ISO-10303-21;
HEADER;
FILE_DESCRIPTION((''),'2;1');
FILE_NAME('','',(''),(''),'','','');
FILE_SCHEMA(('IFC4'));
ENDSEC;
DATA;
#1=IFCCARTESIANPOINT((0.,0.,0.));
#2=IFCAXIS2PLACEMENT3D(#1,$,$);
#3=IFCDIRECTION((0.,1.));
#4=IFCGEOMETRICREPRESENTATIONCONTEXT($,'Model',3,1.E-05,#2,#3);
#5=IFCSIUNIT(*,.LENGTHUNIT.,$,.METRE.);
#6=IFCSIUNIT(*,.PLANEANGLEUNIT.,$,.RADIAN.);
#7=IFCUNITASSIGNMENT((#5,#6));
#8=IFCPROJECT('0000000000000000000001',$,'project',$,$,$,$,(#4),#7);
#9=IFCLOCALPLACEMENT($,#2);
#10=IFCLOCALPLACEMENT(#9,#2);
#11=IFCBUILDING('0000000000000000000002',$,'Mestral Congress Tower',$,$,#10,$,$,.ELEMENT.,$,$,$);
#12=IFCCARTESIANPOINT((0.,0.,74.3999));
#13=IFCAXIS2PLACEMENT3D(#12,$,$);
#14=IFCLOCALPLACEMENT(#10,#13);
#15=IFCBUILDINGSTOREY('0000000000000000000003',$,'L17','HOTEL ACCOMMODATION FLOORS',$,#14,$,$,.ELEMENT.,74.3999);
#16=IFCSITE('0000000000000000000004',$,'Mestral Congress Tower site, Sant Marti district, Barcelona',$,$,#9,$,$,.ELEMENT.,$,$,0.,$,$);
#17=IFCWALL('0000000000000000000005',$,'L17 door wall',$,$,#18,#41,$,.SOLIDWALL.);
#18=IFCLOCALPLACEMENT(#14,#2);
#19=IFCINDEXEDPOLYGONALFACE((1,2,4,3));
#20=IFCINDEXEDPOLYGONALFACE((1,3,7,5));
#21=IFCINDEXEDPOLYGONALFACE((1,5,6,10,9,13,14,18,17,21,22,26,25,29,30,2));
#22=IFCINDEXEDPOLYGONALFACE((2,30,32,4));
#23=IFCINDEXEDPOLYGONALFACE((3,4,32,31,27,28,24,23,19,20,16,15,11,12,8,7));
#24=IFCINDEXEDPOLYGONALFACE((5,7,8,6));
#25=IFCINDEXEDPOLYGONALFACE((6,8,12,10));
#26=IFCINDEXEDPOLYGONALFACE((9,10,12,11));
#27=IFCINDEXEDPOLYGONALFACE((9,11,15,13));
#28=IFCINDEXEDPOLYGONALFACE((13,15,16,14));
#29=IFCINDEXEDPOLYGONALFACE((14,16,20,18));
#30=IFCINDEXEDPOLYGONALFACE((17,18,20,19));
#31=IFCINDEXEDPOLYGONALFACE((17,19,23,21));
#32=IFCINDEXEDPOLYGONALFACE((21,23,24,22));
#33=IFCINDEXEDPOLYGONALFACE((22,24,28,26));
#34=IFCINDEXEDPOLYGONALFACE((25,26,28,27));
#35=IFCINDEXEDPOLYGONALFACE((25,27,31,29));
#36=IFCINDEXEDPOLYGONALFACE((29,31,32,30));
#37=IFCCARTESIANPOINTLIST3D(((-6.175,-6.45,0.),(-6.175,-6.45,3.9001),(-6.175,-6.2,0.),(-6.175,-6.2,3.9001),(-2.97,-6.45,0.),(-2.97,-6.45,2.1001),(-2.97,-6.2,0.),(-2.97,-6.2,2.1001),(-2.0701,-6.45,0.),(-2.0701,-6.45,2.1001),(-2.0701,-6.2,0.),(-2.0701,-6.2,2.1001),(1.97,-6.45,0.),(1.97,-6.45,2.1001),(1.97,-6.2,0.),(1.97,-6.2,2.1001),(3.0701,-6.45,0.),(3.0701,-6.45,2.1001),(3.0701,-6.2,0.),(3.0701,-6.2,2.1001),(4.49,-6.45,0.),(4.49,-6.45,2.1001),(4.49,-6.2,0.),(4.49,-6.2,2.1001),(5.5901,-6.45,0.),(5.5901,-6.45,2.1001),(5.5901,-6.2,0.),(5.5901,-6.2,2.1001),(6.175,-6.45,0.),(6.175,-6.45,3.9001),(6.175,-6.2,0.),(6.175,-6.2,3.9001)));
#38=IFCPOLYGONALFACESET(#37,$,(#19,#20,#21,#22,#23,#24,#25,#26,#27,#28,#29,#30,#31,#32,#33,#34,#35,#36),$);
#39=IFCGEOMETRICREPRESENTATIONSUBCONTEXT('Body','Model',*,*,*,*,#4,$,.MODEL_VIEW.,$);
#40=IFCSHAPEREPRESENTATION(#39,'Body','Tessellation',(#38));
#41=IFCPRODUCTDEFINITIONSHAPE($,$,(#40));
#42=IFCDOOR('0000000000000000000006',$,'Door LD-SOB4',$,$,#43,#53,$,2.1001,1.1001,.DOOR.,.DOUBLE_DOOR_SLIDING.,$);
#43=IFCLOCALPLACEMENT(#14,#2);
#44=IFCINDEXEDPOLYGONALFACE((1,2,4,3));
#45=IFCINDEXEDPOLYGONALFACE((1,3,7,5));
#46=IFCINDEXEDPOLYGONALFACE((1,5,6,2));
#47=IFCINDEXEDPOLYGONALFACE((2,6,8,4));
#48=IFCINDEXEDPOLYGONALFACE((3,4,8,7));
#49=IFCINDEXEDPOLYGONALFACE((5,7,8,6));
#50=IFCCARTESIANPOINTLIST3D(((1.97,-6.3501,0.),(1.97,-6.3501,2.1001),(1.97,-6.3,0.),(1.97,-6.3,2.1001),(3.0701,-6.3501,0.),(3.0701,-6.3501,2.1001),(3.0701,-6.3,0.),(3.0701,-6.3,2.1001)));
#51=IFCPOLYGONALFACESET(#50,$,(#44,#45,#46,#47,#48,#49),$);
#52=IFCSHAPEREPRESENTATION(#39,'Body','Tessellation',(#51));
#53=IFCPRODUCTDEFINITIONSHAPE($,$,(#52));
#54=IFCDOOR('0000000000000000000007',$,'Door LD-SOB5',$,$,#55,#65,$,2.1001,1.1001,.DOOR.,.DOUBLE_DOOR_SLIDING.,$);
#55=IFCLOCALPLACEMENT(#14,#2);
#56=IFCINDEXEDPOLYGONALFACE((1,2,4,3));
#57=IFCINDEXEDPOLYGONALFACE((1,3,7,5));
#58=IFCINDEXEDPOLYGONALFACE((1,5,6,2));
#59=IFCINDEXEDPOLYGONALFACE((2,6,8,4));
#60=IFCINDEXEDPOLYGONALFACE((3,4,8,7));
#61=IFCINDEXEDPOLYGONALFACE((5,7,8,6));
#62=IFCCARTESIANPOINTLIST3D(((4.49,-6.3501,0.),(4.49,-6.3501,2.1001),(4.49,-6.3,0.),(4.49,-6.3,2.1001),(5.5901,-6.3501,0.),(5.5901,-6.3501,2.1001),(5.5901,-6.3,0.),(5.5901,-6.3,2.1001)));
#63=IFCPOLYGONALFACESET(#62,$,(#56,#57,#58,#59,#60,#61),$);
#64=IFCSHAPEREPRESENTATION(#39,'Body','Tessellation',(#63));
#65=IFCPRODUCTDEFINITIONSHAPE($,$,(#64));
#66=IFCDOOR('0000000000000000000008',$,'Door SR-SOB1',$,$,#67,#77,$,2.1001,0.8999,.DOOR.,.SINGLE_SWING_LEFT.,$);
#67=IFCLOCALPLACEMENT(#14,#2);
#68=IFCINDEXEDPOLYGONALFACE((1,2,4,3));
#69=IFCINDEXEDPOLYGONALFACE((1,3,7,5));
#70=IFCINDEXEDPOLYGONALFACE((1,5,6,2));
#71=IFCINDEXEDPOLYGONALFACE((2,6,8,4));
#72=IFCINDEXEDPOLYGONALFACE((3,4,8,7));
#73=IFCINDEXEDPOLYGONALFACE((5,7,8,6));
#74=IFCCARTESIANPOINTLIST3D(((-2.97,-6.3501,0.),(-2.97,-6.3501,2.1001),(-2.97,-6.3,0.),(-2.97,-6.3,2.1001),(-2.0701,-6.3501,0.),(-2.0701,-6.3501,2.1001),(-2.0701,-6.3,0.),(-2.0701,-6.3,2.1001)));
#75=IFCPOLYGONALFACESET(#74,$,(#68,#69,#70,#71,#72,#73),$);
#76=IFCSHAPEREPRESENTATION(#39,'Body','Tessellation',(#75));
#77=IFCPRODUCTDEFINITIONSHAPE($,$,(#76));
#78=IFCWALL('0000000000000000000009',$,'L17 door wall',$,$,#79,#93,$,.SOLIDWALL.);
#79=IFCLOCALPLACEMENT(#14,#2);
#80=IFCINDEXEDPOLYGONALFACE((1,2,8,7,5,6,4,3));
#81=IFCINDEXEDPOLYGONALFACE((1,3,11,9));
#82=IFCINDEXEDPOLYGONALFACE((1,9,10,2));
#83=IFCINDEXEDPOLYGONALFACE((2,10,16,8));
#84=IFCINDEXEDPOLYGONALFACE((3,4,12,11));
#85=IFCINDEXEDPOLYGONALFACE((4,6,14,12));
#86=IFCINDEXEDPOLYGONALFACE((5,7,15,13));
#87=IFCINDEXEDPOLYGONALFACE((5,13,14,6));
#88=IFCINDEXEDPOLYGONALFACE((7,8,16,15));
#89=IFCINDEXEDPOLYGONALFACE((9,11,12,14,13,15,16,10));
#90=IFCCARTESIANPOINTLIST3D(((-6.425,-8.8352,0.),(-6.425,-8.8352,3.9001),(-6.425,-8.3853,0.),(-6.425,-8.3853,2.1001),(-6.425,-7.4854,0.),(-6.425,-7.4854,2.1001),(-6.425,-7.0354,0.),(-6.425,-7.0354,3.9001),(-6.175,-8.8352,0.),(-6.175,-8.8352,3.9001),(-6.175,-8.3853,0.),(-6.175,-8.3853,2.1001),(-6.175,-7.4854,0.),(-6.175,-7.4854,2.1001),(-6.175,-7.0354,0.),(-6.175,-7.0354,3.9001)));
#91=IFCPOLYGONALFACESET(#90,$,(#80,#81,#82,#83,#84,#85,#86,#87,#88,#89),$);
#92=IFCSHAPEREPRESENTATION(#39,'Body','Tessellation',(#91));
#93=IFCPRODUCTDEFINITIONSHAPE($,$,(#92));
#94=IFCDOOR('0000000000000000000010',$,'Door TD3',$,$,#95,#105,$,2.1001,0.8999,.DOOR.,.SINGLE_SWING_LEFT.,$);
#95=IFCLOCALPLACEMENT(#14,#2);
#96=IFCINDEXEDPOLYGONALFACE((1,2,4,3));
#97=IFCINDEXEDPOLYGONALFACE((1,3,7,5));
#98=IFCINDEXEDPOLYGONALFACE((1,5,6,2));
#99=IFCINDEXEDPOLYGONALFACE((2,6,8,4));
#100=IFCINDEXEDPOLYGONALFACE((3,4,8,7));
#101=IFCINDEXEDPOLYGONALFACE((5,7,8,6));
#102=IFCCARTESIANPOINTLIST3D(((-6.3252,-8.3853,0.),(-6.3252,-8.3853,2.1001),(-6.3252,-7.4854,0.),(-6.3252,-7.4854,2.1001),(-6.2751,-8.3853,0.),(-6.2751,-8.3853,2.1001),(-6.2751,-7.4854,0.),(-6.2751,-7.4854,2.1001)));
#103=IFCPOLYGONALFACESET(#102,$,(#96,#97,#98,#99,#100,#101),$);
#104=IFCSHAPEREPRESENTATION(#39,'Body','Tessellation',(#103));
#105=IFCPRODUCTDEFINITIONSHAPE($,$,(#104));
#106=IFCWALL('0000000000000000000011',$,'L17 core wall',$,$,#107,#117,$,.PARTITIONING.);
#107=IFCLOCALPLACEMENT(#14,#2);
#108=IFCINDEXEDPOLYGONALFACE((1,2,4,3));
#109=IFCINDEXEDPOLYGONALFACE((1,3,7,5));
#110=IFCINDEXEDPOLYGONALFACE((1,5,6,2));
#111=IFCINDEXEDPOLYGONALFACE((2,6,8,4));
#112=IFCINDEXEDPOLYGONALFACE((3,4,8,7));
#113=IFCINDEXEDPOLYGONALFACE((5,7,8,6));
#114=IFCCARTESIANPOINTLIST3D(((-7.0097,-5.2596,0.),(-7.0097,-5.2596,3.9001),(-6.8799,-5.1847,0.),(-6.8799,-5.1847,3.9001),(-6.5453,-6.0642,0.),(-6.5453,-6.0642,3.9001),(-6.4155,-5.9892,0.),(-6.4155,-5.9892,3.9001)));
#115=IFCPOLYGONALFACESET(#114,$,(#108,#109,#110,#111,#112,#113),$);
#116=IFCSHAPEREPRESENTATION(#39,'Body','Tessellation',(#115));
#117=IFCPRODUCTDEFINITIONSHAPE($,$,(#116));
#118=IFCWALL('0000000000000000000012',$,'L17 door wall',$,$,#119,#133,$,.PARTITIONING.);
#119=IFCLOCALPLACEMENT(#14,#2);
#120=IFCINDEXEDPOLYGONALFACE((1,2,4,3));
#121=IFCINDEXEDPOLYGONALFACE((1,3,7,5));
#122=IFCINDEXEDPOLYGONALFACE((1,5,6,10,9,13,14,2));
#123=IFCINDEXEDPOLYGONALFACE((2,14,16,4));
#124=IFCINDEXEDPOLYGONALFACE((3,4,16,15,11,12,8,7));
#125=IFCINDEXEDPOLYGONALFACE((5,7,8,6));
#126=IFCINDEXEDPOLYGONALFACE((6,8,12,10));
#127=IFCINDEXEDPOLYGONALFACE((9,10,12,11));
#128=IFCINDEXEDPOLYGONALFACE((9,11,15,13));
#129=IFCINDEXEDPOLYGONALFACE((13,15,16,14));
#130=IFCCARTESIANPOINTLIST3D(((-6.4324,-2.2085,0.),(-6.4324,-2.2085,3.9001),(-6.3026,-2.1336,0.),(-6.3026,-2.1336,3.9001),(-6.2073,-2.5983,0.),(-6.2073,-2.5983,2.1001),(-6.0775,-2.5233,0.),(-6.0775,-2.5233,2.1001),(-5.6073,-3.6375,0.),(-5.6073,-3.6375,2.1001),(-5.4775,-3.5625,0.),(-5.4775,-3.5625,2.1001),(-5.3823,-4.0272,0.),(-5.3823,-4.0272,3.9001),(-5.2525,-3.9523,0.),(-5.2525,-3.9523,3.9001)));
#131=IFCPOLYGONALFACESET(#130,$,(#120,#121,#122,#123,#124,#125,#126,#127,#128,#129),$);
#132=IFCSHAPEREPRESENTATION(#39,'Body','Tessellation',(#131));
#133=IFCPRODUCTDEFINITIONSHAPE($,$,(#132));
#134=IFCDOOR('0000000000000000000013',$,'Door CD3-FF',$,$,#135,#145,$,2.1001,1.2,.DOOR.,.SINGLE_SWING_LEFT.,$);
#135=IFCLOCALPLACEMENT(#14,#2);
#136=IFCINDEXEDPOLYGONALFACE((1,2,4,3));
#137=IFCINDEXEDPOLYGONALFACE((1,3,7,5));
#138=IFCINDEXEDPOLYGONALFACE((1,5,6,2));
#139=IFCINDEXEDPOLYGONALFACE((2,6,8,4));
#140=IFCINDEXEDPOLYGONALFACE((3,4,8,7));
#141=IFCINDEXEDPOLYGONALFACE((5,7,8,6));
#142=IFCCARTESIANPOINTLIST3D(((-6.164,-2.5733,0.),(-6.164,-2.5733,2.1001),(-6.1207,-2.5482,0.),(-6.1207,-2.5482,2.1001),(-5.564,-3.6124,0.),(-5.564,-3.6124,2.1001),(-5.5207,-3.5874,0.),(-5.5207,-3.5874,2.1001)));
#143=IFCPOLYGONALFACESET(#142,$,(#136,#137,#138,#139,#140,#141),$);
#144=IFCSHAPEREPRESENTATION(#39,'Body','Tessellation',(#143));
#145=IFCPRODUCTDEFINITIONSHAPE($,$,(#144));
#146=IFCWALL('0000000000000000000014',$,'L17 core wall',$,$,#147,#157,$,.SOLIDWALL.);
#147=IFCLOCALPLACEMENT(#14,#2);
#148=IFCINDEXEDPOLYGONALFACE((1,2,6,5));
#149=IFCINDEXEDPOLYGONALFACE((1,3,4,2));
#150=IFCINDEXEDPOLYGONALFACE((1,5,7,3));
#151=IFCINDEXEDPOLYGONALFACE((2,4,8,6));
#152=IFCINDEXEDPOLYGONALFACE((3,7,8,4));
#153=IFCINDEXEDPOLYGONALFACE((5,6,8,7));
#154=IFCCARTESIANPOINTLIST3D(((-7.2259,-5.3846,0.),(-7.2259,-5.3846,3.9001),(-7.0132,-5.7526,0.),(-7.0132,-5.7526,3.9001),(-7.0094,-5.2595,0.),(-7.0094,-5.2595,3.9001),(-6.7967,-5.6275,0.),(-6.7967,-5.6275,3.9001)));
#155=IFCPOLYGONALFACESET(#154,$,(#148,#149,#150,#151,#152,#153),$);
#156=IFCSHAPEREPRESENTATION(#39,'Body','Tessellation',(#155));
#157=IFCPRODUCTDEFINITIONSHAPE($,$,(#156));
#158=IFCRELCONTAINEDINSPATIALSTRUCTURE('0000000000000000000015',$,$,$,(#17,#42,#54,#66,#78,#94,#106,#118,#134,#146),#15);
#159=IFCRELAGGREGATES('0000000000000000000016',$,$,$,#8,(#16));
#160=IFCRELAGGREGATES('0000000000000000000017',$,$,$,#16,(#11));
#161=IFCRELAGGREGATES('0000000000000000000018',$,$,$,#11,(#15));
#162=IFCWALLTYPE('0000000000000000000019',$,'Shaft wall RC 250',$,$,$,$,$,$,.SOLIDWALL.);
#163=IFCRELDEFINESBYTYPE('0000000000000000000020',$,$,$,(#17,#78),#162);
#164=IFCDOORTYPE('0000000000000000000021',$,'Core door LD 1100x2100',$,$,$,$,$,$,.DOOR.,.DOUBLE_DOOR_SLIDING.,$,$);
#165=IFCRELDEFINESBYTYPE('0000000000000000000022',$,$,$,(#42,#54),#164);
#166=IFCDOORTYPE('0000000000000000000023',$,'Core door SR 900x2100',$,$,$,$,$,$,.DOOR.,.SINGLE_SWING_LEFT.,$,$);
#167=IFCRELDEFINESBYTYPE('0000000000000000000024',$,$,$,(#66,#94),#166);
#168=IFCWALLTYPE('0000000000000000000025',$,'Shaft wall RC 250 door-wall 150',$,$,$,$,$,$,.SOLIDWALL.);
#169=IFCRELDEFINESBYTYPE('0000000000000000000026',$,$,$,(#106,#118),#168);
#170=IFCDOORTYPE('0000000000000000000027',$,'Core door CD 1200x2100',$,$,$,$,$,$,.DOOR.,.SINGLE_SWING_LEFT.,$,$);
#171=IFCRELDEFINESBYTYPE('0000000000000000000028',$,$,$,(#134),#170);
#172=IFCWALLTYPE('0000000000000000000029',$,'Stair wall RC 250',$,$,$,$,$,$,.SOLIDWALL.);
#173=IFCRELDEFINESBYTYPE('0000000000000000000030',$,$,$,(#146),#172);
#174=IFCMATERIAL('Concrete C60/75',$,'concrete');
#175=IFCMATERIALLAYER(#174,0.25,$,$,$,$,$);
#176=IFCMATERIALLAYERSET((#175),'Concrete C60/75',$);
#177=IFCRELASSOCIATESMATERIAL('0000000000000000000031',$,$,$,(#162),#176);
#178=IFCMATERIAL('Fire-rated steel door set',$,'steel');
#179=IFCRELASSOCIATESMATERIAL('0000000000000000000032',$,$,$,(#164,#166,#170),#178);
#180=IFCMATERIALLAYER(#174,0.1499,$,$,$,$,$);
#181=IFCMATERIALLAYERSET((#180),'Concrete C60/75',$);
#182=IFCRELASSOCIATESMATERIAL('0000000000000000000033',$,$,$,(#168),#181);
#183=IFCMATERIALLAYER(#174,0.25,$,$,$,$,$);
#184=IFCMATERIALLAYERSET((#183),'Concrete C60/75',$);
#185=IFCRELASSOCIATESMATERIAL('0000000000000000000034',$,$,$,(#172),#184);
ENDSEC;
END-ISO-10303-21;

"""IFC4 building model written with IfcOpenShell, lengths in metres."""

from ifc_helpers import new_model, si_unit, direction, frame, frame_2d, origin, place, context, subcontext, project, spatial, rectangle, extrude, material, layer, layer_set, type_object, element, fill, save


model = new_model("IFC4")

# Units and contexts
model_context = context("Model", 3, precision=1e-05, world=origin(), true_north=direction((0.0, 1.0)))
body_context = subcontext(model_context, "Body", "Model", "MODEL_VIEW")
ifc_project = project(units=[si_unit("LENGTHUNIT", "METRE"), si_unit("PLANEANGLEUNIT", "RADIAN")], contexts=[model_context])

# Site, building, storey
site_placement = place(None, origin())
site = spatial("IfcSite", under=ifc_project, at=site_placement, Name="Mestral Congress Tower site, Sant Marti district, Barcelona", CompositionType="ELEMENT", RefElevation=0.0)
building_placement = place(site_placement, origin())
building = spatial("IfcBuilding", under=site, at=building_placement, Name="Mestral Congress Tower", CompositionType="ELEMENT")
storey_placement = place(building_placement, frame((0.0, 0.0, 74.3999)))
storey = spatial("IfcBuildingStorey", under=building, at=storey_placement, Name="L17", Description="HOTEL ACCOMMODATION FLOORS", CompositionType="ELEMENT", Elevation=74.3999)

# Shared definitions
ifc_material_1 = material(Name="Concrete C60/75", Category="concrete")
ifc_layer_1 = layer(ifc_material_1, 0.25)
ifc_layer_set_1 = layer_set([ifc_layer_1], Name="Concrete C60/75")
wall_type_1 = type_object("IfcWallType", Name="Shaft wall RC 250", PredefinedType="SOLIDWALL", material=ifc_layer_set_1)

# Wall, openings, doors
ifc_material_2 = material(Name="Fire-rated steel door set", Category="steel")
door_type_1 = type_object("IfcDoorType", Name="Core door LD 1100x2100", OperationType="DOUBLE_DOOR_SLIDING", PredefinedType="DOOR", material=ifc_material_2)
wall_1_placement = place(storey_placement, frame((-6.175, -6.325, 0.0), z_axis=(0.0, 0.0, 1.0), x_axis=(1.0, 0.0, 0.0)))
wall_1 = element("IfcWall", 1, at=wall_1_placement, inside=storey, type_object=wall_type_1, Name="L17 door wall", PredefinedType="SOLIDWALL", context=body_context, shape_type="SweptSolid", body=[
    extrude(rectangle(XDim=12.3501, YDim=0.25, at=frame_2d((6.175, 0.0))), origin(), (0.0, 0.0, 1.0), 3.9001),
])
opening_1_placement = place(wall_1_placement, frame((3.2051, 0.0, 0.0)))
opening_1 = element("IfcOpeningElement", 2, at=opening_1_placement, cuts=wall_1, PredefinedType="OPENING", context=body_context, shape_type="SweptSolid", body=[
    extrude(rectangle(XDim=0.8999, YDim=2.1001, at=frame_2d((0.45, 1.05))), frame((0.0, 0.135, 0.0), z_axis=(0.0, -1.0, 0.0), x_axis=(1.0, 0.0, 0.0)), (0.0, 0.0, 1.0), 0.27),
])
opening_2_placement = place(wall_1_placement, frame((8.145, 0.0, 0.0)))
opening_2 = element("IfcOpeningElement", 3, at=opening_2_placement, cuts=wall_1, PredefinedType="OPENING", context=body_context, shape_type="SweptSolid", body=[
    extrude(rectangle(XDim=1.1001, YDim=2.1001, at=frame_2d((0.55, 1.05))), frame((0.0, 0.135, 0.0), z_axis=(0.0, -1.0, 0.0), x_axis=(1.0, 0.0, 0.0)), (0.0, 0.0, 1.0), 0.27),
])
opening_3_placement = place(wall_1_placement, frame((10.665, 0.0, 0.0)))
opening_3 = element("IfcOpeningElement", 4, at=opening_3_placement, cuts=wall_1, PredefinedType="OPENING", context=body_context, shape_type="SweptSolid", body=[
    extrude(rectangle(XDim=1.1001, YDim=2.1001, at=frame_2d((0.55, 1.05))), frame((0.0, 0.135, 0.0), z_axis=(0.0, -1.0, 0.0), x_axis=(1.0, 0.0, 0.0)), (0.0, 0.0, 1.0), 0.27),
])
door_1_placement = place(opening_2_placement, origin())
door_1 = element("IfcDoor", 5, at=door_1_placement, inside=storey, type_object=door_type_1, Name="Door LD-SOB4", OperationType="DOUBLE_DOOR_SLIDING", OverallHeight=2.1001, OverallWidth=1.1001, PredefinedType="DOOR", context=body_context, shape_type="SweptSolid", body=[
    extrude(rectangle(XDim=1.1001, YDim=2.1001, at=frame_2d((0.55, 1.05))), frame((0.0, 0.0249, 0.0), z_axis=(0.0, -1.0, 0.0), x_axis=(1.0, 0.0, 0.0)), (0.0, 0.0, 1.0), 0.05),
])
fill(opening_2, door_1)
door_2_placement = place(opening_3_placement, origin())
door_2 = element("IfcDoor", 6, at=door_2_placement, inside=storey, type_object=door_type_1, Name="Door LD-SOB5", OperationType="DOUBLE_DOOR_SLIDING", OverallHeight=2.1001, OverallWidth=1.1001, PredefinedType="DOOR", context=body_context, shape_type="SweptSolid", body=[
    extrude(rectangle(XDim=1.1001, YDim=2.1001, at=frame_2d((0.55, 1.05))), frame((0.0, 0.0249, 0.0), z_axis=(0.0, -1.0, 0.0), x_axis=(1.0, 0.0, 0.0)), (0.0, 0.0, 1.0), 0.05),
])
fill(opening_3, door_2)
door_type_2 = type_object("IfcDoorType", Name="Core door SR 900x2100", OperationType="SINGLE_SWING_LEFT", PredefinedType="DOOR", material=ifc_material_2)
door_3_placement = place(opening_1_placement, origin())
door_3 = element("IfcDoor", 7, at=door_3_placement, inside=storey, type_object=door_type_2, Name="Door SR-SOB1", OperationType="SINGLE_SWING_LEFT", OverallHeight=2.1001, OverallWidth=0.8999, PredefinedType="DOOR", context=body_context, shape_type="SweptSolid", body=[
    extrude(rectangle(XDim=0.8999, YDim=2.1001, at=frame_2d((0.45, 1.05))), frame((0.0, 0.0249, 0.0), z_axis=(0.0, -1.0, 0.0), x_axis=(1.0, 0.0, 0.0)), (0.0, 0.0, 1.0), 0.05),
])
fill(opening_1, door_3)

# Wall, opening, door
wall_2_placement = place(storey_placement, frame((-6.3, -7.0354, 0.0), z_axis=(0.0, 0.0, 1.0), x_axis=(0.0, -1.0, 0.0)))
wall_2 = element("IfcWall", 8, at=wall_2_placement, inside=storey, type_object=wall_type_1, Name="L17 door wall", PredefinedType="SOLIDWALL", context=body_context, shape_type="SweptSolid", body=[
    extrude(rectangle(XDim=1.7998, YDim=0.25, at=frame_2d((0.8999, 0.0))), origin(), (0.0, 0.0, 1.0), 3.9001),
])
opening_4_placement = place(wall_2_placement, frame((0.45, 0.0, 0.0)))
opening_4 = element("IfcOpeningElement", 9, at=opening_4_placement, cuts=wall_2, PredefinedType="OPENING", context=body_context, shape_type="SweptSolid", body=[
    extrude(rectangle(XDim=0.8999, YDim=2.1001, at=frame_2d((0.45, 1.05))), frame((0.0, 0.135, 0.0), z_axis=(0.0, -1.0, 0.0), x_axis=(1.0, 0.0, 0.0)), (0.0, 0.0, 1.0), 0.27),
])
door_4_placement = place(opening_4_placement, origin())
door_4 = element("IfcDoor", 10, at=door_4_placement, inside=storey, type_object=door_type_2, Name="Door TD3", OperationType="SINGLE_SWING_LEFT", OverallHeight=2.1001, OverallWidth=0.8999, PredefinedType="DOOR", context=body_context, shape_type="SweptSolid", body=[
    extrude(rectangle(XDim=0.8999, YDim=2.1001, at=frame_2d((0.45, 1.05))), frame((0.0, 0.0249, 0.0), z_axis=(0.0, -1.0, 0.0), x_axis=(1.0, 0.0, 0.0)), (0.0, 0.0, 1.0), 0.05),
])
fill(opening_4, door_4)

# Wall
ifc_layer_2 = layer(ifc_material_1, 0.1499)
ifc_layer_set_2 = layer_set([ifc_layer_2], Name="Concrete C60/75")
wall_type_2 = type_object("IfcWallType", Name="Shaft wall RC 250 door-wall 150", PredefinedType="SOLIDWALL", material=ifc_layer_set_2)
wall_3_placement = place(storey_placement, frame((-6.4805, -6.0266, 0.0), z_axis=(0.0, 0.0, 1.0), x_axis=(-0.499927, 0.866067, 0.0)))
element("IfcWall", 11, at=wall_3_placement, inside=storey, type_object=wall_type_2, Name="L17 core wall", PredefinedType="PARTITIONING", context=body_context, shape_type="SweptSolid", body=[
    extrude(rectangle(XDim=0.929, YDim=0.1499, at=frame_2d((0.4644, 0.0))), origin(), (0.0, 0.0, 1.0), 3.9001),
])

# Wall, opening, door
wall_4_placement = place(storey_placement, frame((-5.3174, -3.9897, 0.0), z_axis=(0.0, 0.0, 1.0), x_axis=(-0.500028, 0.866009, 0.0)))
wall_4 = element("IfcWall", 12, at=wall_4_placement, inside=storey, type_object=wall_type_2, Name="L17 door wall", PredefinedType="PARTITIONING", context=body_context, shape_type="SweptSolid", body=[
    extrude(rectangle(XDim=2.1001, YDim=0.1499, at=frame_2d((1.05, 0.0))), origin(), (0.0, 0.0, 1.0), 3.9001),
])
opening_5_placement = place(wall_4_placement, frame((0.45, 0.0, 0.0)))
opening_5 = element("IfcOpeningElement", 13, at=opening_5_placement, cuts=wall_4, PredefinedType="OPENING", context=body_context, shape_type="SweptSolid", body=[
    extrude(rectangle(XDim=1.2, YDim=2.1001, at=frame_2d((0.6001, 1.05))), frame((0.0, 0.085, 0.0), z_axis=(0.0, -1.0, 0.0), x_axis=(1.0, 0.0, 0.0)), (0.0, 0.0, 1.0), 0.1699),
])
door_type_3 = type_object("IfcDoorType", Name="Core door CD 1200x2100", OperationType="SINGLE_SWING_LEFT", PredefinedType="DOOR", material=ifc_material_2)
door_5_placement = place(opening_5_placement, origin())
door_5 = element("IfcDoor", 14, at=door_5_placement, inside=storey, type_object=door_type_3, Name="Door CD3-FF", OperationType="SINGLE_SWING_LEFT", OverallHeight=2.1001, OverallWidth=1.2, PredefinedType="DOOR", context=body_context, shape_type="SweptSolid", body=[
    extrude(rectangle(XDim=1.2, YDim=2.1001, at=frame_2d((0.6001, 1.05))), frame((0.0, 0.0249, 0.0), z_axis=(0.0, -1.0, 0.0), x_axis=(1.0, 0.0, 0.0)), (0.0, 0.0, 1.0), 0.05),
])
fill(opening_5, door_5)

# Wall
ifc_layer_3 = layer(ifc_material_1, 0.25)
ifc_layer_set_3 = layer_set([ifc_layer_3], Name="Concrete C60/75")
wall_type_3 = type_object("IfcWallType", Name="Stair wall RC 250", PredefinedType="SOLIDWALL", material=ifc_layer_set_3)
wall_5_placement = place(storey_placement, frame((-6.905, -5.6899, 0.0), z_axis=(0.0, 0.0, 1.0), x_axis=(-0.500402, 0.865793, 0.0)))
element("IfcWall", 15, at=wall_5_placement, inside=storey, type_object=wall_type_3, Name="L17 core wall", PredefinedType="SOLIDWALL", context=body_context, shape_type="SweptSolid", body=[
    extrude(rectangle(XDim=0.425, YDim=0.25, at=frame_2d((0.2124, 0.0))), origin(), (0.0, 0.0, 1.0), 3.9001),
])

save(model, "model.ifc")
